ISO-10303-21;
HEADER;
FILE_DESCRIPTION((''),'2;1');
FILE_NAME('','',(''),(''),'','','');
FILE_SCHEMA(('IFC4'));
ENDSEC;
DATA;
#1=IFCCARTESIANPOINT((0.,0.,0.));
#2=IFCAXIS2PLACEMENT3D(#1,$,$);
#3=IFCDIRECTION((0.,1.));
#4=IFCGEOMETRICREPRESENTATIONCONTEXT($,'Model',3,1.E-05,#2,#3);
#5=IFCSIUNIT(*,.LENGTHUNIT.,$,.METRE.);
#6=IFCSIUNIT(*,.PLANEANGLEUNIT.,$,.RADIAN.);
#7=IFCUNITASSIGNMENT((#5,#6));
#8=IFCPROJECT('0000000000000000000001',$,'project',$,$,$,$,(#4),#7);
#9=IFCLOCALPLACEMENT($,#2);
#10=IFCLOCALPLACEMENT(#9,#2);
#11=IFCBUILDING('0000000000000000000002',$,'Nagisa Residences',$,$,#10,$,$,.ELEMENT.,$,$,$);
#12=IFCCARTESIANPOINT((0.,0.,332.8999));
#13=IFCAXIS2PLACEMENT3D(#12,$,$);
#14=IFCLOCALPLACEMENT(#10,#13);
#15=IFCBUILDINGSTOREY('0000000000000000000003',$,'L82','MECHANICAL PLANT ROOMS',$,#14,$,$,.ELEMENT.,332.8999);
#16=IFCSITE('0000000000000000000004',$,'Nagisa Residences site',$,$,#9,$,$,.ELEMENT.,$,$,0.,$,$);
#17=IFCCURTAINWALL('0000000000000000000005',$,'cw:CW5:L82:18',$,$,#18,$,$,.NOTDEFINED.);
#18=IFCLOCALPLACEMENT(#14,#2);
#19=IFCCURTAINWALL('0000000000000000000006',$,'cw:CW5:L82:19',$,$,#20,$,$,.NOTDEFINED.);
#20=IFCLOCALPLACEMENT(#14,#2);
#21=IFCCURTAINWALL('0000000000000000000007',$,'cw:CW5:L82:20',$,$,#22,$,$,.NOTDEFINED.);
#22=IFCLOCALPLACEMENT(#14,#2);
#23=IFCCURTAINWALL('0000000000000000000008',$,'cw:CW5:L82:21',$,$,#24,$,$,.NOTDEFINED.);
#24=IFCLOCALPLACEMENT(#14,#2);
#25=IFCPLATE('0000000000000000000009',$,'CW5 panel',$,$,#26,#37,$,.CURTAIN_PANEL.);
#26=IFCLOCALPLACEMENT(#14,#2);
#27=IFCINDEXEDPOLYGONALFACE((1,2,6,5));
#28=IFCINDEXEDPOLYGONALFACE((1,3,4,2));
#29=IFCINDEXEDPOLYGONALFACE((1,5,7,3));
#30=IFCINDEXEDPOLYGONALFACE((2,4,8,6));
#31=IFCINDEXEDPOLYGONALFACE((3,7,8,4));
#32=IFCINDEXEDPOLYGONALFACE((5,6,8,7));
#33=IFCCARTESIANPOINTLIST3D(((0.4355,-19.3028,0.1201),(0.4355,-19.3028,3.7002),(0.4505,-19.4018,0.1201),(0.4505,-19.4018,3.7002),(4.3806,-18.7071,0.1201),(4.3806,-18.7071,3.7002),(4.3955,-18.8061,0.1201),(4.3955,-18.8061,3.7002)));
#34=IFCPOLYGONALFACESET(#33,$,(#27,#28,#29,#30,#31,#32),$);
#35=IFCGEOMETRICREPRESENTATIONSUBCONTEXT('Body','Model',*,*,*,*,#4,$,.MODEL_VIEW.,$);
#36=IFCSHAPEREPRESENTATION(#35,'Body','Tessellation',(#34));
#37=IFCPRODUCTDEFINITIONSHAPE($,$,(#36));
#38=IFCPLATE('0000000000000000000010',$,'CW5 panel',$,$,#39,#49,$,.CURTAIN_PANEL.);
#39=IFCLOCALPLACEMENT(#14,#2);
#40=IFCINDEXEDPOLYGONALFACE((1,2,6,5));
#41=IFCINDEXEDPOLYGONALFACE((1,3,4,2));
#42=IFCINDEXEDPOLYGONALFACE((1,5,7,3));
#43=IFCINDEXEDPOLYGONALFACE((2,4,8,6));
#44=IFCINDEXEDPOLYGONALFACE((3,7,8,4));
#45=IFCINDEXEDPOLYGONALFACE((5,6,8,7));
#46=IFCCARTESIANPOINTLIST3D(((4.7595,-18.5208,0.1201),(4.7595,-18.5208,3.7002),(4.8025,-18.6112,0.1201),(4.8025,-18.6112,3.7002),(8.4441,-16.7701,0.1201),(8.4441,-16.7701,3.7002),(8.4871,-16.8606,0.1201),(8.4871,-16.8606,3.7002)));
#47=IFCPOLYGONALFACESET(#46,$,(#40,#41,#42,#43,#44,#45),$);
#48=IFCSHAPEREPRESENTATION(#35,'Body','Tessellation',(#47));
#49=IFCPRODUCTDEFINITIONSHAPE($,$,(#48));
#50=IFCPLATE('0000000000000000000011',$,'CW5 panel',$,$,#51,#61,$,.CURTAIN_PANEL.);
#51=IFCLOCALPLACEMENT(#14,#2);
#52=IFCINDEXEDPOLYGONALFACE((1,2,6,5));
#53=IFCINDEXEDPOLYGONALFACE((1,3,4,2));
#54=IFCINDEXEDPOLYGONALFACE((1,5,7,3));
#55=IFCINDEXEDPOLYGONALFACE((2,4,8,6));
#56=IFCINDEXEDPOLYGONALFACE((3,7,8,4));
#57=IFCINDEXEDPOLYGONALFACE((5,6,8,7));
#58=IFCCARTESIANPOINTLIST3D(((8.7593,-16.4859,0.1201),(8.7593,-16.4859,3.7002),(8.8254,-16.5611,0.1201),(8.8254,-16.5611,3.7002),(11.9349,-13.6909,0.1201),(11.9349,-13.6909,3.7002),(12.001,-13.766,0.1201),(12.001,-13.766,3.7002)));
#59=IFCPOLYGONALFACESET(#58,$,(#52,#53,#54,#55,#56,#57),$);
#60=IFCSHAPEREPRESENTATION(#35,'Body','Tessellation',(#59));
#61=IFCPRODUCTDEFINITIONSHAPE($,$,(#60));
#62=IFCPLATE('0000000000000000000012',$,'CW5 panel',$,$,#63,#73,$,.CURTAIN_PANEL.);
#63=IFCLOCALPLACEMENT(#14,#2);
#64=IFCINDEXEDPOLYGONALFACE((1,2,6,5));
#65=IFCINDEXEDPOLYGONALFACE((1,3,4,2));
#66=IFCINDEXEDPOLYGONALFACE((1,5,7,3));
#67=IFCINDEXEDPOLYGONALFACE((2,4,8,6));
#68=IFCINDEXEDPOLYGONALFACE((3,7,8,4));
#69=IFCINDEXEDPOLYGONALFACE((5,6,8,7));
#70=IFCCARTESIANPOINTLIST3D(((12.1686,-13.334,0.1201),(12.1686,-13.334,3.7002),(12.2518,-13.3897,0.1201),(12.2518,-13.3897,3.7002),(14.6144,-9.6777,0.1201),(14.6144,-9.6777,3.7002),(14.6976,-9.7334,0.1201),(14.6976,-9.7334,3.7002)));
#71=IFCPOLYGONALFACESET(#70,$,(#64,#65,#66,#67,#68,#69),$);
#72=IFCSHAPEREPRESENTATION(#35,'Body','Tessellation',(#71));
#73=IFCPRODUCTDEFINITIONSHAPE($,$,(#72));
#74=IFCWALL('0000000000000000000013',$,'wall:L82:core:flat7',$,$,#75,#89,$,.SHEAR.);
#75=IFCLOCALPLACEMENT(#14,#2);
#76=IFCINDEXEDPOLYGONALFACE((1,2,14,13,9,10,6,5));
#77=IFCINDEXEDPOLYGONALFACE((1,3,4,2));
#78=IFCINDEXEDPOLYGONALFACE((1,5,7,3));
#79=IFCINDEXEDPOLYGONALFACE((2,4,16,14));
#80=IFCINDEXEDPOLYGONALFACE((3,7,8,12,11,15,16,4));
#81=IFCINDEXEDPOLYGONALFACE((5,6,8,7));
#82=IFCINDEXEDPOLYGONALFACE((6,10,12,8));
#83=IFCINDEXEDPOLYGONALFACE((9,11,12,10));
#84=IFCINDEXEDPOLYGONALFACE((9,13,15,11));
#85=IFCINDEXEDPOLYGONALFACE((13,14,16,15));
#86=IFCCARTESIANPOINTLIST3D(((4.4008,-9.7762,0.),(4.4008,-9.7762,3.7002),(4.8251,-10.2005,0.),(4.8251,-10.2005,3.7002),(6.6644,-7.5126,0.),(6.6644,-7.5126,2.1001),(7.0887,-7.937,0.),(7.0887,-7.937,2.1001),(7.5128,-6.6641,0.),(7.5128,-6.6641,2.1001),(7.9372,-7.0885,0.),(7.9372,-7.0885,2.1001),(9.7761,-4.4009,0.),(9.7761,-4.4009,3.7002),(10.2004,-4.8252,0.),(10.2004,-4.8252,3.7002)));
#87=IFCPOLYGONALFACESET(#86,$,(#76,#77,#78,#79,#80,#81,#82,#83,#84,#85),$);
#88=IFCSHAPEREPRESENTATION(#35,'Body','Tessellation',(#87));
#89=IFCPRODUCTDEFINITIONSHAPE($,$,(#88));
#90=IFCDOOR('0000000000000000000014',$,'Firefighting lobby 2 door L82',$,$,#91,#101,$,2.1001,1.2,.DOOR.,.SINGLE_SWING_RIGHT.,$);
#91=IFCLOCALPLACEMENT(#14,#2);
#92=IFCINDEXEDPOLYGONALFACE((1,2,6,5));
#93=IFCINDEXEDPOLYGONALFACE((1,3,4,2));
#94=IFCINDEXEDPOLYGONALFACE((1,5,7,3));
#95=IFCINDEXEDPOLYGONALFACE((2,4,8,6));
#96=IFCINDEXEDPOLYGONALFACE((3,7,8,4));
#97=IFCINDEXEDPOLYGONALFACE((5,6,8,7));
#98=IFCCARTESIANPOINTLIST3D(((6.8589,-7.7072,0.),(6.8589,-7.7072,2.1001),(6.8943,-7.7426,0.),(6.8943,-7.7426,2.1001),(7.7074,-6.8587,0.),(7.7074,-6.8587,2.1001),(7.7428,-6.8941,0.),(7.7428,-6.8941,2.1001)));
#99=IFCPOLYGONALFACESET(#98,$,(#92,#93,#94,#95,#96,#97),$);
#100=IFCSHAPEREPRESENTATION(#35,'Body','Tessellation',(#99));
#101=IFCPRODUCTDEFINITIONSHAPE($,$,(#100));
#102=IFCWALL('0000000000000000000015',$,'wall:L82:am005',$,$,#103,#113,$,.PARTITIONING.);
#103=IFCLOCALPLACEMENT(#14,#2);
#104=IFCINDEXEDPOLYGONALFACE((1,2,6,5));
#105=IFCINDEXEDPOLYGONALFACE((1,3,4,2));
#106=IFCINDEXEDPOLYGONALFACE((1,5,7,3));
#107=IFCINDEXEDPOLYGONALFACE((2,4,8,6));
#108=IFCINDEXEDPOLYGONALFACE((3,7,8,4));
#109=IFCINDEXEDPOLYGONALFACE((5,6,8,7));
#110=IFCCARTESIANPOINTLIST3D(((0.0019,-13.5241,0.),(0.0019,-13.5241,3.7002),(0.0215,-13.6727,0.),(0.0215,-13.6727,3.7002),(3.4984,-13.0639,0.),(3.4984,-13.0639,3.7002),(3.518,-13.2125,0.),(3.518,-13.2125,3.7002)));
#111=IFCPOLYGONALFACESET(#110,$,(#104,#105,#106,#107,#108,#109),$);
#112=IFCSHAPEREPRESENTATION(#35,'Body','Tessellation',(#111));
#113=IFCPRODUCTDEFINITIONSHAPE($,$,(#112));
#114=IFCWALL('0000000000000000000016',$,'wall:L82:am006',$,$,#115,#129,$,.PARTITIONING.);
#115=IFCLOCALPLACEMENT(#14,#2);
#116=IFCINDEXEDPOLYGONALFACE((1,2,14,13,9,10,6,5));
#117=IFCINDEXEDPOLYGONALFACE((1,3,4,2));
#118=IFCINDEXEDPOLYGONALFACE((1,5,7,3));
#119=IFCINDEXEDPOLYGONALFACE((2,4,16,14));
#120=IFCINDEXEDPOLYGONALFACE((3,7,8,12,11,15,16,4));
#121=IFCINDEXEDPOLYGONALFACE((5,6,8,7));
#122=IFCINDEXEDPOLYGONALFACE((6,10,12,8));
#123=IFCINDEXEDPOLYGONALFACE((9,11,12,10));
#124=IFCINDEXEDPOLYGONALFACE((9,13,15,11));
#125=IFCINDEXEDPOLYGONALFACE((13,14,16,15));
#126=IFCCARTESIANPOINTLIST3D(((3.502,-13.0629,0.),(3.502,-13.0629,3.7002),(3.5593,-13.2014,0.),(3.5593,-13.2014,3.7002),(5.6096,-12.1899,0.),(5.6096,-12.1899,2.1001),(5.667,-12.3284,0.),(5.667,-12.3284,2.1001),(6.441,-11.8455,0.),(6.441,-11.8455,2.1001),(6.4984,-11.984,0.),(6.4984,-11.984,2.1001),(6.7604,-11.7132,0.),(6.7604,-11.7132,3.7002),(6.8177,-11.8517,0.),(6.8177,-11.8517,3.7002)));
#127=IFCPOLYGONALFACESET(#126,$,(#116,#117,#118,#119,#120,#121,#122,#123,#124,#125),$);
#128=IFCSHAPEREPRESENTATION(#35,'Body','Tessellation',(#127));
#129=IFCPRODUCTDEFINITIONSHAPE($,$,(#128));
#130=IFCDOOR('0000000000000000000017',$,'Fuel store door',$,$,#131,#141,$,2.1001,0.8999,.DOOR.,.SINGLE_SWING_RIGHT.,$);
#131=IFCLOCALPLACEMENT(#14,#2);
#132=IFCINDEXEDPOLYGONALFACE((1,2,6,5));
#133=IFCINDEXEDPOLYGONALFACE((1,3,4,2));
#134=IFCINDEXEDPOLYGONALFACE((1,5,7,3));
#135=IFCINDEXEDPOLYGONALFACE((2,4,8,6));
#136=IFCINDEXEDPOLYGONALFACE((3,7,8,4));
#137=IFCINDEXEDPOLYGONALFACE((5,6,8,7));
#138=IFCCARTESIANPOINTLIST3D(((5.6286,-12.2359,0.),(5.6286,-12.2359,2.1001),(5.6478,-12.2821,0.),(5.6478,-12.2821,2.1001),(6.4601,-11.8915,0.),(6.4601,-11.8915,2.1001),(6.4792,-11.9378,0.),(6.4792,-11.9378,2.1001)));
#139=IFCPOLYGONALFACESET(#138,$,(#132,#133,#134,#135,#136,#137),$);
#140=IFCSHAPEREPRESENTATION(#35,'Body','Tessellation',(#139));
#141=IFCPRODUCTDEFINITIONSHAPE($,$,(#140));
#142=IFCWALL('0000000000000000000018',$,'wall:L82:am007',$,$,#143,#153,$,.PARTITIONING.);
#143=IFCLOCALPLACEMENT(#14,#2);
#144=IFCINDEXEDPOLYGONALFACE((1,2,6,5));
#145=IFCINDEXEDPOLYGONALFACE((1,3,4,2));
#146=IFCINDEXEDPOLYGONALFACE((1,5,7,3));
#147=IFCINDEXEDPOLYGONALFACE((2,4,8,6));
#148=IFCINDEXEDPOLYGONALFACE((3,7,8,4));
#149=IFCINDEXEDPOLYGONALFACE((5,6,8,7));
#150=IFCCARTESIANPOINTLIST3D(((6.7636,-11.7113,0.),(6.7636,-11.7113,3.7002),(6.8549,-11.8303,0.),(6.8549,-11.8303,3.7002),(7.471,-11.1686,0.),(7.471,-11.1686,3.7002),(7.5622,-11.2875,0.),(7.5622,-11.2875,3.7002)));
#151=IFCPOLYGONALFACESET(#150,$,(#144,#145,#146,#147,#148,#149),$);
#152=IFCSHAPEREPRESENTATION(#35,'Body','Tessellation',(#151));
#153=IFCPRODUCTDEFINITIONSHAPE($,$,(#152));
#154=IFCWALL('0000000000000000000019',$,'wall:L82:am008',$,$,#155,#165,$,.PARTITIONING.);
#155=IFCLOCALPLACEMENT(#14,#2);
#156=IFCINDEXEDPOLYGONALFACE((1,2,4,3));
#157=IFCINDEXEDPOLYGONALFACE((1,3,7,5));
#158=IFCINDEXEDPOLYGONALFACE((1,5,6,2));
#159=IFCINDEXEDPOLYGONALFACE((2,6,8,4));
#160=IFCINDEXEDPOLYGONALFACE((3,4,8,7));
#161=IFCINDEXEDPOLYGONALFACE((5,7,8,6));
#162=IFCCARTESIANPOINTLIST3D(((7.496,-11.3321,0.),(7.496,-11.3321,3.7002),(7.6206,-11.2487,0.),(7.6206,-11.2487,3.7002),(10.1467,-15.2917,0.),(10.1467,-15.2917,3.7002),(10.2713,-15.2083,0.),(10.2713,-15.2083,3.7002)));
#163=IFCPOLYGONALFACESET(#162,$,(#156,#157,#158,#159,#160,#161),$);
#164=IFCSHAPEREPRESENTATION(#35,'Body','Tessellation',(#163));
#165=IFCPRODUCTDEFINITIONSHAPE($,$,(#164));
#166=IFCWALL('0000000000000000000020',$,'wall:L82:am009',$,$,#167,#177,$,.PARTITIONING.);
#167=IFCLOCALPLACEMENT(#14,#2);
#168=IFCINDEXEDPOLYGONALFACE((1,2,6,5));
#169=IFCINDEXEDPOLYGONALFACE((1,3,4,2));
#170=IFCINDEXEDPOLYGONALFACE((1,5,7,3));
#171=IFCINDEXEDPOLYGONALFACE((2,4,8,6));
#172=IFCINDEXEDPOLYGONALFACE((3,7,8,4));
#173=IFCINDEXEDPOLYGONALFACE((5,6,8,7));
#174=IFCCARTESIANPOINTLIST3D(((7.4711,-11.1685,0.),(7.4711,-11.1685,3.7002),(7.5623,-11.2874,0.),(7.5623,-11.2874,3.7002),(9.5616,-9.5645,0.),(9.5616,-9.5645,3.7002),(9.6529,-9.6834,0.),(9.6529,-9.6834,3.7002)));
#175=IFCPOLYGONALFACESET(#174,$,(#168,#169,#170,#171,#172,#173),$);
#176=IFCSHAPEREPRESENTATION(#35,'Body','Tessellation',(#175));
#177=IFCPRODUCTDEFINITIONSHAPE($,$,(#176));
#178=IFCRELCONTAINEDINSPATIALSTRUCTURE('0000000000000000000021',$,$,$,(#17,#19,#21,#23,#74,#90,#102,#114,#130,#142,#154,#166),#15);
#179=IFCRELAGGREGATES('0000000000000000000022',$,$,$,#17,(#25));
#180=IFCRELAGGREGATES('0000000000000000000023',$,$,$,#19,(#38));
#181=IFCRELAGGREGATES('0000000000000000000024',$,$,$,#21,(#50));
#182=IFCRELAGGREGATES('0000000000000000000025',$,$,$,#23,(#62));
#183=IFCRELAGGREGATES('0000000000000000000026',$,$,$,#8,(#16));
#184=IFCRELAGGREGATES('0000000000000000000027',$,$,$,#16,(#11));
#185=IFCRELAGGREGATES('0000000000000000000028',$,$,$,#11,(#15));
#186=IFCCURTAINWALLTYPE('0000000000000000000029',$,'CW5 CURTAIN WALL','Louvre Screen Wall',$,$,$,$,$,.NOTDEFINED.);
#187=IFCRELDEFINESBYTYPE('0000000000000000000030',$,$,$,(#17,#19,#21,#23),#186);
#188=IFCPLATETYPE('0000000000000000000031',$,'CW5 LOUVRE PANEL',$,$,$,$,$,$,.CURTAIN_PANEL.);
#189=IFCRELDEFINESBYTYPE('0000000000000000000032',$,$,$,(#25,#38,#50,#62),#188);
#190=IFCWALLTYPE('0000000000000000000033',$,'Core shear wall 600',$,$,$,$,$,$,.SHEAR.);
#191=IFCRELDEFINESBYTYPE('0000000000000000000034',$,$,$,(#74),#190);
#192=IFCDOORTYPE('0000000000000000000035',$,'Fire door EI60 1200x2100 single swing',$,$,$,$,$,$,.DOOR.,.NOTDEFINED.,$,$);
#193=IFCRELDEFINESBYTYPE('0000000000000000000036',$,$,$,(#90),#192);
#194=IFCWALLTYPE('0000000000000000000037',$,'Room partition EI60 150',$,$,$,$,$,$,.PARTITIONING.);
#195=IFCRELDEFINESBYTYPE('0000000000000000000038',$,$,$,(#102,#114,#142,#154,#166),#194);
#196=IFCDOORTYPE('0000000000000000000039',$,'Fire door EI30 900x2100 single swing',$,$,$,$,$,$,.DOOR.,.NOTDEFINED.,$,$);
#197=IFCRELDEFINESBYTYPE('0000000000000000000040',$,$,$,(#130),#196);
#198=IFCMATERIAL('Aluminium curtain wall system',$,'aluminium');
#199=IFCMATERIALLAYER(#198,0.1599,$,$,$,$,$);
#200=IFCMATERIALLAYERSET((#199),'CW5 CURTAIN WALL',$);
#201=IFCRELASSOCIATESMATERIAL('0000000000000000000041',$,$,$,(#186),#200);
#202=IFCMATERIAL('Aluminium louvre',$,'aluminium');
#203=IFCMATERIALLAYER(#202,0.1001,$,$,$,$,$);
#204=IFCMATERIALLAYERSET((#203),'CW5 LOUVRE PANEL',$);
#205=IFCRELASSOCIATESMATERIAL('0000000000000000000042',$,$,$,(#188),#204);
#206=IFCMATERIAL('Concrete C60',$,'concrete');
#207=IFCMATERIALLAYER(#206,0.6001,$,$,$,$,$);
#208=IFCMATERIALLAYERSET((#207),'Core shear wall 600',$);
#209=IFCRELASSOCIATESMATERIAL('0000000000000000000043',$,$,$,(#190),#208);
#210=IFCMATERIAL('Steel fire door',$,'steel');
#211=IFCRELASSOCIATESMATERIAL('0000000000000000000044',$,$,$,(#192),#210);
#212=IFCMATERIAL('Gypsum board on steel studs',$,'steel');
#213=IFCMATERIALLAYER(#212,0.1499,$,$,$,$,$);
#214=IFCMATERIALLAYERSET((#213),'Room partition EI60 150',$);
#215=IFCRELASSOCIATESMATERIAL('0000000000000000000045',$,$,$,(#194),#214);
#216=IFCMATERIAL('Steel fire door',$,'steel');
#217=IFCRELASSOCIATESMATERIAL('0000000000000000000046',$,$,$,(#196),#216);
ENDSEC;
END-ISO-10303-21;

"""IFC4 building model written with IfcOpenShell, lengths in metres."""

from ifc_helpers import new_model, si_unit, direction, frame, frame_2d, origin, origin_2d, place, context, subcontext, project, spatial, rectangle, extrude, material, layer, layer_set, type_object, element, fill, aggregate, save


model = new_model("IFC4")

# Units and contexts
model_context = context("Model", 3, precision=1e-05, world=origin(), true_north=direction((0.0, 1.0)))
body_context = subcontext(model_context, "Body", "Model", "MODEL_VIEW")
ifc_project = project(units=[si_unit("LENGTHUNIT", "METRE"), si_unit("PLANEANGLEUNIT", "RADIAN")], contexts=[model_context])

# Site, building, storey
site_placement = place(None, origin())
site = spatial("IfcSite", under=ifc_project, at=site_placement, Name="Nagisa Residences site", CompositionType="ELEMENT", RefElevation=0.0)
building_placement = place(site_placement, origin())
building = spatial("IfcBuilding", under=site, at=building_placement, Name="Nagisa Residences", CompositionType="ELEMENT")
storey_placement = place(building_placement, frame((0.0, 0.0, 332.8999)))
storey = spatial("IfcBuildingStorey", under=building, at=storey_placement, Name="L82", Description="MECHANICAL PLANT ROOMS", CompositionType="ELEMENT", Elevation=332.8999)

# Curtain walls
ifc_material_1 = material(Name="Aluminium curtain wall system", Category="aluminium")
ifc_layer_1 = layer(ifc_material_1, 0.1599)
ifc_layer_set_1 = layer_set([ifc_layer_1], Name="CW5 CURTAIN WALL")
curtain_wall_type = type_object("IfcCurtainWallType", Name="CW5 CURTAIN WALL", Description="Louvre Screen Wall", PredefinedType="NOTDEFINED", material=ifc_layer_set_1)
curtain_wall_1_placement = place(storey_placement, origin())
curtain_wall_1 = element("IfcCurtainWall", 1, at=curtain_wall_1_placement, inside=storey, type_object=curtain_wall_type, Name="cw:CW5:L82:18", PredefinedType="NOTDEFINED")
curtain_wall_2_placement = place(storey_placement, origin())
curtain_wall_2 = element("IfcCurtainWall", 2, at=curtain_wall_2_placement, inside=storey, type_object=curtain_wall_type, Name="cw:CW5:L82:19", PredefinedType="NOTDEFINED")
curtain_wall_3_placement = place(storey_placement, origin())
curtain_wall_3 = element("IfcCurtainWall", 3, at=curtain_wall_3_placement, inside=storey, type_object=curtain_wall_type, Name="cw:CW5:L82:20", PredefinedType="NOTDEFINED")
curtain_wall_4_placement = place(storey_placement, origin())
curtain_wall_4 = element("IfcCurtainWall", 4, at=curtain_wall_4_placement, inside=storey, type_object=curtain_wall_type, Name="cw:CW5:L82:21", PredefinedType="NOTDEFINED")

# Plates
ifc_material_2 = material(Name="Aluminium louvre", Category="aluminium")
ifc_layer_2 = layer(ifc_material_2, 0.1001)
ifc_layer_set_2 = layer_set([ifc_layer_2], Name="CW5 LOUVRE PANEL")
plate_type = type_object("IfcPlateType", Name="CW5 LOUVRE PANEL", PredefinedType="CURTAIN_PANEL", material=ifc_layer_set_2)
plate_1_placement = place(storey_placement, frame((2.4155, -19.0544, 0.1201), z_axis=(0.0, 0.0, 1.0), x_axis=(0.988789, 0.14932, 0.0)))
plate_1 = element("IfcPlate", 5, at=plate_1_placement, type_object=plate_type, Name="CW5 panel", PredefinedType="CURTAIN_PANEL", context=body_context, shape_type="SweptSolid", body=[
    extrude(rectangle(XDim=3.9897, YDim=0.1001, at=origin_2d()), origin(), (0.0, 0.0, 1.0), 3.5801),
])
aggregate(curtain_wall_1, [plate_1])
plate_2_placement = place(storey_placement, frame((6.6233, -17.6907, 0.1201), z_axis=(0.0, 0.0, 1.0), x_axis=(0.903233, 0.429151, 0.0)))
plate_2 = element("IfcPlate", 6, at=plate_2_placement, type_object=plate_type, Name="CW5 panel", PredefinedType="CURTAIN_PANEL", context=body_context, shape_type="SweptSolid", body=[
    extrude(rectangle(XDim=4.0793, YDim=0.1001, at=origin_2d()), origin(), (0.0, 0.0, 1.0), 3.5801),
])
aggregate(curtain_wall_2, [plate_2])
plate_3_placement = place(storey_placement, frame((10.3801, -15.126, 0.1201), z_axis=(0.0, 0.0, 1.0), x_axis=(0.750651, 0.660699, 0.0)))
plate_3 = element("IfcPlate", 7, at=plate_3_placement, type_object=plate_type, Name="CW5 panel", PredefinedType="CURTAIN_PANEL", context=body_context, shape_type="SweptSolid", body=[
    extrude(rectangle(XDim=4.2305, YDim=0.1001, at=origin_2d()), origin(), (0.0, 0.0, 1.0), 3.5801),
])
aggregate(curtain_wall_3, [plate_3])
plate_4_placement = place(storey_placement, frame((13.4331, -11.5337, 0.1201), z_axis=(0.0, 0.0, 1.0), x_axis=(0.556014, 0.831173, 0.0)))
plate_4 = element("IfcPlate", 8, at=plate_4_placement, type_object=plate_type, Name="CW5 panel", PredefinedType="CURTAIN_PANEL", context=body_context, shape_type="SweptSolid", body=[
    extrude(rectangle(XDim=4.3989, YDim=0.1001, at=origin_2d()), origin(), (0.0, 0.0, 1.0), 3.5801),
])
aggregate(curtain_wall_4, [plate_4])

# Wall, opening, door
ifc_material_3 = material(Name="Concrete C60", Category="concrete")
ifc_layer_3 = layer(ifc_material_3, 0.6001)
ifc_layer_set_3 = layer_set([ifc_layer_3], Name="Core shear wall 600")
wall_type_1 = type_object("IfcWallType", Name="Core shear wall 600", PredefinedType="SHEAR", material=ifc_layer_set_3)
wall_1_placement = place(storey_placement, frame((4.613, -9.9883, 0.0), z_axis=(0.0, 0.0, 1.0), x_axis=(0.707107, 0.707107, 0.0)))
wall_1 = element("IfcWall", 9, at=wall_1_placement, inside=storey, type_object=wall_type_1, Name="wall:L82:core:flat7", PredefinedType="SHEAR", context=body_context, shape_type="SweptSolid", body=[
    extrude(rectangle(XDim=7.6018, YDim=0.6001, at=frame_2d((3.8008, 0.0))), origin(), (0.0, 0.0, 1.0), 3.7002),
])
opening_1_placement = place(wall_1_placement, frame((3.2009, 0.0, 0.0)))
opening_1 = element("IfcOpeningElement", 10, at=opening_1_placement, cuts=wall_1, PredefinedType="OPENING", context=body_context, shape_type="SweptSolid", body=[
    extrude(rectangle(XDim=1.2, YDim=2.1001, at=frame_2d((0.6001, 1.05))), frame((0.0, 0.3101, 0.0), z_axis=(0.0, -1.0, 0.0), x_axis=(1.0, 0.0, 0.0)), (0.0, 0.0, 1.0), 0.6201),
])
ifc_material_4 = material(Name="Steel fire door", Category="steel")
door_type_1 = type_object("IfcDoorType", Name="Fire door EI60 1200x2100 single swing", OperationType="NOTDEFINED", PredefinedType="DOOR", material=ifc_material_4)
door_1_placement = place(opening_1_placement, origin())
door_1 = element("IfcDoor", 11, at=door_1_placement, inside=storey, type_object=door_type_1, Name="Firefighting lobby 2 door L82", OperationType="SINGLE_SWING_RIGHT", OverallHeight=2.1001, OverallWidth=1.2, PredefinedType="DOOR", context=body_context, shape_type="SweptSolid", body=[
    extrude(rectangle(XDim=1.2, YDim=2.1001, at=frame_2d((0.6001, 1.05))), frame((0.0, 0.0249, 0.0), z_axis=(0.0, -1.0, 0.0), x_axis=(1.0, 0.0, 0.0)), (0.0, 0.0, 1.0), 0.05),
])
fill(opening_1, door_1)

# Wall
ifc_material_5 = material(Name="Gypsum board on steel studs", Category="steel")
ifc_layer_4 = layer(ifc_material_5, 0.1499)
ifc_layer_set_4 = layer_set([ifc_layer_4], Name="Room partition EI60 150")
wall_type_2 = type_object("IfcWallType", Name="Room partition EI60 150", PredefinedType="PARTITIONING", material=ifc_layer_set_4)
wall_2_placement = place(storey_placement, frame((3.5081, -13.1382, 0.0), z_axis=(0.0, 0.0, 1.0), x_axis=(-0.991448, -0.130499, 0.0)))
element("IfcWall", 12, at=wall_2_placement, inside=storey, type_object=wall_type_2, Name="wall:L82:am005", PredefinedType="PARTITIONING", context=body_context, shape_type="SweptSolid", body=[
    extrude(rectangle(XDim=3.5266, YDim=0.1499, at=frame_2d((1.7632, 0.0))), origin(), (0.0, 0.0, 1.0), 3.7002),
])

# Wall, opening, door
wall_3_placement = place(storey_placement, frame((6.7891, -11.7825, 0.0), z_axis=(0.0, 0.0, 1.0), x_axis=(-0.923882, -0.382678, 0.0)))
wall_3 = element("IfcWall", 13, at=wall_3_placement, inside=storey, type_object=wall_type_2, Name="wall:L82:am006", PredefinedType="PARTITIONING", context=body_context, shape_type="SweptSolid", body=[
    extrude(rectangle(XDim=3.5269, YDim=0.1499, at=frame_2d((1.7634, 0.0))), origin(), (0.0, 0.0, 1.0), 3.7002),
])
opening_2_placement = place(wall_3_placement, frame((0.3457, 0.0, 0.0)))
opening_2 = element("IfcOpeningElement", 14, at=opening_2_placement, cuts=wall_3, PredefinedType="OPENING", context=body_context, shape_type="SweptSolid", body=[
    extrude(rectangle(XDim=0.8999, YDim=2.1001, at=frame_2d((0.45, 1.05))), frame((0.0, 0.085, 0.0), z_axis=(0.0, -1.0, 0.0), x_axis=(1.0, 0.0, 0.0)), (0.0, 0.0, 1.0), 0.1699),
])
ifc_material_6 = material(Name="Steel fire door", Category="steel")
door_type_2 = type_object("IfcDoorType", Name="Fire door EI30 900x2100 single swing", OperationType="NOTDEFINED", PredefinedType="DOOR", material=ifc_material_6)
door_2_placement = place(opening_2_placement, origin())
door_2 = element("IfcDoor", 15, at=door_2_placement, inside=storey, type_object=door_type_2, Name="Fuel store door", OperationType="SINGLE_SWING_RIGHT", OverallHeight=2.1001, OverallWidth=0.8999, PredefinedType="DOOR", context=body_context, shape_type="SweptSolid", body=[
    extrude(rectangle(XDim=0.8999, YDim=2.1001, at=frame_2d((0.45, 1.05))), frame((0.0, 0.0249, 0.0), z_axis=(0.0, -1.0, 0.0), x_axis=(1.0, 0.0, 0.0)), (0.0, 0.0, 1.0), 0.05),
])
fill(opening_2, door_2)

# Walls
wall_4_placement = place(storey_placement, frame((7.5166, -11.228, 0.0), z_axis=(0.0, 0.0, 1.0), x_axis=(-0.793346, -0.608771, 0.0)))
element("IfcWall", 16, at=wall_4_placement, inside=storey, type_object=wall_type_2, Name="wall:L82:am007", PredefinedType="PARTITIONING", context=body_context, shape_type="SweptSolid", body=[
    extrude(rectangle(XDim=0.8916, YDim=0.1499, at=frame_2d((0.4458, 0.0))), origin(), (0.0, 0.0, 1.0), 3.7002),
])
wall_5_placement = place(storey_placement, frame((7.5583, -11.2905, 0.0), z_axis=(0.0, 0.0, 1.0), x_axis=(0.556295, -0.830985, 0.0)))
element("IfcWall", 17, at=wall_5_placement, inside=storey, type_object=wall_type_2, Name="wall:L82:am008", PredefinedType="PARTITIONING", context=body_context, shape_type="SweptSolid", body=[
    extrude(rectangle(XDim=4.7649, YDim=0.1499, at=frame_2d((2.3823, 0.0))), origin(), (0.0, 0.0, 1.0), 3.7002),
])
wall_6_placement = place(storey_placement, frame((9.6072, -9.624, 0.0), z_axis=(0.0, 0.0, 1.0), x_axis=(-0.793381, -0.608725, 0.0)))
element("IfcWall", 18, at=wall_6_placement, inside=storey, type_object=wall_type_2, Name="wall:L82:am009", PredefinedType="PARTITIONING", context=body_context, shape_type="SweptSolid", body=[
    extrude(rectangle(XDim=2.635, YDim=0.1499, at=frame_2d((1.3174, 0.0))), origin(), (0.0, 0.0, 1.0), 3.7002),
])

save(model, "model.ifc")
